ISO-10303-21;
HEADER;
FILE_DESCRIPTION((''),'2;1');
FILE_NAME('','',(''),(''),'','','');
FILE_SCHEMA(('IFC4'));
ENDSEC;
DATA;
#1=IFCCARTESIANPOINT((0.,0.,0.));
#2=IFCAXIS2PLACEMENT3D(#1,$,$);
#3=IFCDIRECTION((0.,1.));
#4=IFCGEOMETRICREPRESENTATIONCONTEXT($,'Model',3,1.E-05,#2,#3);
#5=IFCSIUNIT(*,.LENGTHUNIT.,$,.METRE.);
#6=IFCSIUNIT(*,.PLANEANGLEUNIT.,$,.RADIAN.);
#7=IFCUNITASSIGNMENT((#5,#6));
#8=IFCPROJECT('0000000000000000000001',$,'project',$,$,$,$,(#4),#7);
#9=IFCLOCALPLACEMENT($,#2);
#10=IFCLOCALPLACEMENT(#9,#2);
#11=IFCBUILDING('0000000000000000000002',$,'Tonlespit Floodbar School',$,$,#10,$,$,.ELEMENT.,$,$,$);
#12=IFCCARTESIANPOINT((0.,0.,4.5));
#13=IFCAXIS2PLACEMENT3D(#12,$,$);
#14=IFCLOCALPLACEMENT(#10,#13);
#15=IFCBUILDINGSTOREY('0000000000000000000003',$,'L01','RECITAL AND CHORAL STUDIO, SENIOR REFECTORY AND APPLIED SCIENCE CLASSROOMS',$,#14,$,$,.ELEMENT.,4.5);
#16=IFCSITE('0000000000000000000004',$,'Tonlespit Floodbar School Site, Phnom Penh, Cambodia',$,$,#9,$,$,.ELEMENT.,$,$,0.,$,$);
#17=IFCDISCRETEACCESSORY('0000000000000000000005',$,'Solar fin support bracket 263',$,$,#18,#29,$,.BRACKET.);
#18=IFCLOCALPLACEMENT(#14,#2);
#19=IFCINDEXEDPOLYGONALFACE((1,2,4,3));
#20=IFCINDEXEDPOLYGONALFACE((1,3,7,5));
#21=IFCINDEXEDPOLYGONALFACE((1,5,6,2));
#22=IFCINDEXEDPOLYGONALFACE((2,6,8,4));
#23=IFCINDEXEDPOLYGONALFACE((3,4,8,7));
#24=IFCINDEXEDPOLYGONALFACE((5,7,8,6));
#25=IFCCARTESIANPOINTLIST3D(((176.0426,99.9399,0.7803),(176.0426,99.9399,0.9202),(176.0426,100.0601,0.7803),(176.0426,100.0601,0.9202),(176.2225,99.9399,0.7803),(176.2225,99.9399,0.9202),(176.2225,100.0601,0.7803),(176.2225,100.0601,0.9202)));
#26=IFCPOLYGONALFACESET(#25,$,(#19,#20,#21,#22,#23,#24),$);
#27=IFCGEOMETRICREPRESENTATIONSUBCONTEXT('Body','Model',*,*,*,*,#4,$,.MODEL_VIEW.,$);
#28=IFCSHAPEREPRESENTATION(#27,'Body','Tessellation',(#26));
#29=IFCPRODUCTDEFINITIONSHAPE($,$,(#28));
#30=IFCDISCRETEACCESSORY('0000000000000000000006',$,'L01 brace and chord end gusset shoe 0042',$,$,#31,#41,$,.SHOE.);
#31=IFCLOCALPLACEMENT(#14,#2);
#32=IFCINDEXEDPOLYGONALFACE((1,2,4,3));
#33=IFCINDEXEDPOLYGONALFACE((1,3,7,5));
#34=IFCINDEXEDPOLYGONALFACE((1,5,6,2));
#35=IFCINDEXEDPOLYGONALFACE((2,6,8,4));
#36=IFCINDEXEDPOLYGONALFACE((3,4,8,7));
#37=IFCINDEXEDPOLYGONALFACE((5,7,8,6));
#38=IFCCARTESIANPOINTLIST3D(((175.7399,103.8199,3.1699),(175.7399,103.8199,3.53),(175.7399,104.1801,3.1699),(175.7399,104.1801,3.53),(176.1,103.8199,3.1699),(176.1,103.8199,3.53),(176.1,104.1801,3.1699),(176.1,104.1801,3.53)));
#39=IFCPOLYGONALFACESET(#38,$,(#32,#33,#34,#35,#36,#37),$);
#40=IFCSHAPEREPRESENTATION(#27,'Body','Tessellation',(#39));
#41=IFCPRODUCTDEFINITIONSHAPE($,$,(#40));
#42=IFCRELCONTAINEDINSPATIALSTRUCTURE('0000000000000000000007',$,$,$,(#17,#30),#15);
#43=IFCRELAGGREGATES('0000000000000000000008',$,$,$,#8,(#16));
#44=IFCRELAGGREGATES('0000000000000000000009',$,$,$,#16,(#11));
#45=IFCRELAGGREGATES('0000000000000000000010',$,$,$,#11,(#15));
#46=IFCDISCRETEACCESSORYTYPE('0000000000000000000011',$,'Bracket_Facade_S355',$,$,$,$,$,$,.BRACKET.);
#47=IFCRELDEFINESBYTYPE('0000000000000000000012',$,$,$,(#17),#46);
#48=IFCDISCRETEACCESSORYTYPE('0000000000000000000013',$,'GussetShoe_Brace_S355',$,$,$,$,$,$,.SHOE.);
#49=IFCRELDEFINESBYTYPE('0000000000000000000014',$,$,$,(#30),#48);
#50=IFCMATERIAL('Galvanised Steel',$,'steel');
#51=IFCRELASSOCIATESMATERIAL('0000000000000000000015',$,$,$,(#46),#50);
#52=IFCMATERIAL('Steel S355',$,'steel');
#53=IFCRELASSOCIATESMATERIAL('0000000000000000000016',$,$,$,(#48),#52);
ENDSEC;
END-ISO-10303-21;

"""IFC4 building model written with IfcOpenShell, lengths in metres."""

from ifc_helpers import new_model, si_unit, direction, frame, origin, origin_2d, place, context, subcontext, project, spatial, rectangle, extrude, material, type_object, element, save


model = new_model("IFC4")

# Units and contexts
model_context = context("Model", 3, precision=1e-05, world=origin(), true_north=direction((0.0, 1.0)))
body_context = subcontext(model_context, "Body", "Model", "MODEL_VIEW")
ifc_project = project(units=[si_unit("LENGTHUNIT", "METRE"), si_unit("PLANEANGLEUNIT", "RADIAN")], contexts=[model_context])

# Site, building, storey
site_placement = place(None, origin())
site = spatial("IfcSite", under=ifc_project, at=site_placement, Name="Tonlespit Floodbar School Site, Phnom Penh, Cambodia", CompositionType="ELEMENT", RefElevation=0.0)
building_placement = place(site_placement, origin())
building = spatial("IfcBuilding", under=site, at=building_placement, Name="Tonlespit Floodbar School", CompositionType="ELEMENT")
storey_placement = place(building_placement, frame((0.0, 0.0, 4.5)))
storey = spatial("IfcBuildingStorey", under=building, at=storey_placement, Name="L01", Description="RECITAL AND CHORAL STUDIO, SENIOR REFECTORY AND APPLIED SCIENCE CLASSROOMS", CompositionType="ELEMENT", Elevation=4.5)

# Discrete accessories
ifc_material_1 = material(Name="Galvanised Steel", Category="steel")
discrete_accessory_type_1 = type_object("IfcDiscreteAccessoryType", Name="Bracket_Facade_S355", PredefinedType="BRACKET", material=ifc_material_1)
discrete_accessory_1_placement = place(storey_placement, frame((176.1326, 100.0, 0.7803), z_axis=(0.0, 0.0, 1.0), x_axis=(0.0, -1.0, 0.0)))
element("IfcDiscreteAccessory", 1, at=discrete_accessory_1_placement, inside=storey, type_object=discrete_accessory_type_1, Name="Solar fin support bracket 263", PredefinedType="BRACKET", context=body_context, shape_type="SweptSolid", body=[
    extrude(rectangle(XDim=0.1201, YDim=0.1799, at=origin_2d()), origin(), (0.0, 0.0, 1.0), 0.1399),
])
ifc_material_2 = material(Name="Steel S355", Category="steel")
discrete_accessory_type_2 = type_object("IfcDiscreteAccessoryType", Name="GussetShoe_Brace_S355", PredefinedType="SHOE", material=ifc_material_2)
discrete_accessory_2_placement = place(storey_placement, frame((175.9199, 104.0, 3.1699), z_axis=(0.0, 0.0, 1.0), x_axis=(1.0, 0.0, 0.0)))
element("IfcDiscreteAccessory", 2, at=discrete_accessory_2_placement, inside=storey, type_object=discrete_accessory_type_2, Name="L01 brace and chord end gusset shoe 0042", PredefinedType="SHOE", context=body_context, shape_type="SweptSolid", body=[
    extrude(rectangle(XDim=0.3601, YDim=0.3601, at=origin_2d()), origin(), (0.0, 0.0, 1.0), 0.3601),
])

save(model, "model.ifc")
